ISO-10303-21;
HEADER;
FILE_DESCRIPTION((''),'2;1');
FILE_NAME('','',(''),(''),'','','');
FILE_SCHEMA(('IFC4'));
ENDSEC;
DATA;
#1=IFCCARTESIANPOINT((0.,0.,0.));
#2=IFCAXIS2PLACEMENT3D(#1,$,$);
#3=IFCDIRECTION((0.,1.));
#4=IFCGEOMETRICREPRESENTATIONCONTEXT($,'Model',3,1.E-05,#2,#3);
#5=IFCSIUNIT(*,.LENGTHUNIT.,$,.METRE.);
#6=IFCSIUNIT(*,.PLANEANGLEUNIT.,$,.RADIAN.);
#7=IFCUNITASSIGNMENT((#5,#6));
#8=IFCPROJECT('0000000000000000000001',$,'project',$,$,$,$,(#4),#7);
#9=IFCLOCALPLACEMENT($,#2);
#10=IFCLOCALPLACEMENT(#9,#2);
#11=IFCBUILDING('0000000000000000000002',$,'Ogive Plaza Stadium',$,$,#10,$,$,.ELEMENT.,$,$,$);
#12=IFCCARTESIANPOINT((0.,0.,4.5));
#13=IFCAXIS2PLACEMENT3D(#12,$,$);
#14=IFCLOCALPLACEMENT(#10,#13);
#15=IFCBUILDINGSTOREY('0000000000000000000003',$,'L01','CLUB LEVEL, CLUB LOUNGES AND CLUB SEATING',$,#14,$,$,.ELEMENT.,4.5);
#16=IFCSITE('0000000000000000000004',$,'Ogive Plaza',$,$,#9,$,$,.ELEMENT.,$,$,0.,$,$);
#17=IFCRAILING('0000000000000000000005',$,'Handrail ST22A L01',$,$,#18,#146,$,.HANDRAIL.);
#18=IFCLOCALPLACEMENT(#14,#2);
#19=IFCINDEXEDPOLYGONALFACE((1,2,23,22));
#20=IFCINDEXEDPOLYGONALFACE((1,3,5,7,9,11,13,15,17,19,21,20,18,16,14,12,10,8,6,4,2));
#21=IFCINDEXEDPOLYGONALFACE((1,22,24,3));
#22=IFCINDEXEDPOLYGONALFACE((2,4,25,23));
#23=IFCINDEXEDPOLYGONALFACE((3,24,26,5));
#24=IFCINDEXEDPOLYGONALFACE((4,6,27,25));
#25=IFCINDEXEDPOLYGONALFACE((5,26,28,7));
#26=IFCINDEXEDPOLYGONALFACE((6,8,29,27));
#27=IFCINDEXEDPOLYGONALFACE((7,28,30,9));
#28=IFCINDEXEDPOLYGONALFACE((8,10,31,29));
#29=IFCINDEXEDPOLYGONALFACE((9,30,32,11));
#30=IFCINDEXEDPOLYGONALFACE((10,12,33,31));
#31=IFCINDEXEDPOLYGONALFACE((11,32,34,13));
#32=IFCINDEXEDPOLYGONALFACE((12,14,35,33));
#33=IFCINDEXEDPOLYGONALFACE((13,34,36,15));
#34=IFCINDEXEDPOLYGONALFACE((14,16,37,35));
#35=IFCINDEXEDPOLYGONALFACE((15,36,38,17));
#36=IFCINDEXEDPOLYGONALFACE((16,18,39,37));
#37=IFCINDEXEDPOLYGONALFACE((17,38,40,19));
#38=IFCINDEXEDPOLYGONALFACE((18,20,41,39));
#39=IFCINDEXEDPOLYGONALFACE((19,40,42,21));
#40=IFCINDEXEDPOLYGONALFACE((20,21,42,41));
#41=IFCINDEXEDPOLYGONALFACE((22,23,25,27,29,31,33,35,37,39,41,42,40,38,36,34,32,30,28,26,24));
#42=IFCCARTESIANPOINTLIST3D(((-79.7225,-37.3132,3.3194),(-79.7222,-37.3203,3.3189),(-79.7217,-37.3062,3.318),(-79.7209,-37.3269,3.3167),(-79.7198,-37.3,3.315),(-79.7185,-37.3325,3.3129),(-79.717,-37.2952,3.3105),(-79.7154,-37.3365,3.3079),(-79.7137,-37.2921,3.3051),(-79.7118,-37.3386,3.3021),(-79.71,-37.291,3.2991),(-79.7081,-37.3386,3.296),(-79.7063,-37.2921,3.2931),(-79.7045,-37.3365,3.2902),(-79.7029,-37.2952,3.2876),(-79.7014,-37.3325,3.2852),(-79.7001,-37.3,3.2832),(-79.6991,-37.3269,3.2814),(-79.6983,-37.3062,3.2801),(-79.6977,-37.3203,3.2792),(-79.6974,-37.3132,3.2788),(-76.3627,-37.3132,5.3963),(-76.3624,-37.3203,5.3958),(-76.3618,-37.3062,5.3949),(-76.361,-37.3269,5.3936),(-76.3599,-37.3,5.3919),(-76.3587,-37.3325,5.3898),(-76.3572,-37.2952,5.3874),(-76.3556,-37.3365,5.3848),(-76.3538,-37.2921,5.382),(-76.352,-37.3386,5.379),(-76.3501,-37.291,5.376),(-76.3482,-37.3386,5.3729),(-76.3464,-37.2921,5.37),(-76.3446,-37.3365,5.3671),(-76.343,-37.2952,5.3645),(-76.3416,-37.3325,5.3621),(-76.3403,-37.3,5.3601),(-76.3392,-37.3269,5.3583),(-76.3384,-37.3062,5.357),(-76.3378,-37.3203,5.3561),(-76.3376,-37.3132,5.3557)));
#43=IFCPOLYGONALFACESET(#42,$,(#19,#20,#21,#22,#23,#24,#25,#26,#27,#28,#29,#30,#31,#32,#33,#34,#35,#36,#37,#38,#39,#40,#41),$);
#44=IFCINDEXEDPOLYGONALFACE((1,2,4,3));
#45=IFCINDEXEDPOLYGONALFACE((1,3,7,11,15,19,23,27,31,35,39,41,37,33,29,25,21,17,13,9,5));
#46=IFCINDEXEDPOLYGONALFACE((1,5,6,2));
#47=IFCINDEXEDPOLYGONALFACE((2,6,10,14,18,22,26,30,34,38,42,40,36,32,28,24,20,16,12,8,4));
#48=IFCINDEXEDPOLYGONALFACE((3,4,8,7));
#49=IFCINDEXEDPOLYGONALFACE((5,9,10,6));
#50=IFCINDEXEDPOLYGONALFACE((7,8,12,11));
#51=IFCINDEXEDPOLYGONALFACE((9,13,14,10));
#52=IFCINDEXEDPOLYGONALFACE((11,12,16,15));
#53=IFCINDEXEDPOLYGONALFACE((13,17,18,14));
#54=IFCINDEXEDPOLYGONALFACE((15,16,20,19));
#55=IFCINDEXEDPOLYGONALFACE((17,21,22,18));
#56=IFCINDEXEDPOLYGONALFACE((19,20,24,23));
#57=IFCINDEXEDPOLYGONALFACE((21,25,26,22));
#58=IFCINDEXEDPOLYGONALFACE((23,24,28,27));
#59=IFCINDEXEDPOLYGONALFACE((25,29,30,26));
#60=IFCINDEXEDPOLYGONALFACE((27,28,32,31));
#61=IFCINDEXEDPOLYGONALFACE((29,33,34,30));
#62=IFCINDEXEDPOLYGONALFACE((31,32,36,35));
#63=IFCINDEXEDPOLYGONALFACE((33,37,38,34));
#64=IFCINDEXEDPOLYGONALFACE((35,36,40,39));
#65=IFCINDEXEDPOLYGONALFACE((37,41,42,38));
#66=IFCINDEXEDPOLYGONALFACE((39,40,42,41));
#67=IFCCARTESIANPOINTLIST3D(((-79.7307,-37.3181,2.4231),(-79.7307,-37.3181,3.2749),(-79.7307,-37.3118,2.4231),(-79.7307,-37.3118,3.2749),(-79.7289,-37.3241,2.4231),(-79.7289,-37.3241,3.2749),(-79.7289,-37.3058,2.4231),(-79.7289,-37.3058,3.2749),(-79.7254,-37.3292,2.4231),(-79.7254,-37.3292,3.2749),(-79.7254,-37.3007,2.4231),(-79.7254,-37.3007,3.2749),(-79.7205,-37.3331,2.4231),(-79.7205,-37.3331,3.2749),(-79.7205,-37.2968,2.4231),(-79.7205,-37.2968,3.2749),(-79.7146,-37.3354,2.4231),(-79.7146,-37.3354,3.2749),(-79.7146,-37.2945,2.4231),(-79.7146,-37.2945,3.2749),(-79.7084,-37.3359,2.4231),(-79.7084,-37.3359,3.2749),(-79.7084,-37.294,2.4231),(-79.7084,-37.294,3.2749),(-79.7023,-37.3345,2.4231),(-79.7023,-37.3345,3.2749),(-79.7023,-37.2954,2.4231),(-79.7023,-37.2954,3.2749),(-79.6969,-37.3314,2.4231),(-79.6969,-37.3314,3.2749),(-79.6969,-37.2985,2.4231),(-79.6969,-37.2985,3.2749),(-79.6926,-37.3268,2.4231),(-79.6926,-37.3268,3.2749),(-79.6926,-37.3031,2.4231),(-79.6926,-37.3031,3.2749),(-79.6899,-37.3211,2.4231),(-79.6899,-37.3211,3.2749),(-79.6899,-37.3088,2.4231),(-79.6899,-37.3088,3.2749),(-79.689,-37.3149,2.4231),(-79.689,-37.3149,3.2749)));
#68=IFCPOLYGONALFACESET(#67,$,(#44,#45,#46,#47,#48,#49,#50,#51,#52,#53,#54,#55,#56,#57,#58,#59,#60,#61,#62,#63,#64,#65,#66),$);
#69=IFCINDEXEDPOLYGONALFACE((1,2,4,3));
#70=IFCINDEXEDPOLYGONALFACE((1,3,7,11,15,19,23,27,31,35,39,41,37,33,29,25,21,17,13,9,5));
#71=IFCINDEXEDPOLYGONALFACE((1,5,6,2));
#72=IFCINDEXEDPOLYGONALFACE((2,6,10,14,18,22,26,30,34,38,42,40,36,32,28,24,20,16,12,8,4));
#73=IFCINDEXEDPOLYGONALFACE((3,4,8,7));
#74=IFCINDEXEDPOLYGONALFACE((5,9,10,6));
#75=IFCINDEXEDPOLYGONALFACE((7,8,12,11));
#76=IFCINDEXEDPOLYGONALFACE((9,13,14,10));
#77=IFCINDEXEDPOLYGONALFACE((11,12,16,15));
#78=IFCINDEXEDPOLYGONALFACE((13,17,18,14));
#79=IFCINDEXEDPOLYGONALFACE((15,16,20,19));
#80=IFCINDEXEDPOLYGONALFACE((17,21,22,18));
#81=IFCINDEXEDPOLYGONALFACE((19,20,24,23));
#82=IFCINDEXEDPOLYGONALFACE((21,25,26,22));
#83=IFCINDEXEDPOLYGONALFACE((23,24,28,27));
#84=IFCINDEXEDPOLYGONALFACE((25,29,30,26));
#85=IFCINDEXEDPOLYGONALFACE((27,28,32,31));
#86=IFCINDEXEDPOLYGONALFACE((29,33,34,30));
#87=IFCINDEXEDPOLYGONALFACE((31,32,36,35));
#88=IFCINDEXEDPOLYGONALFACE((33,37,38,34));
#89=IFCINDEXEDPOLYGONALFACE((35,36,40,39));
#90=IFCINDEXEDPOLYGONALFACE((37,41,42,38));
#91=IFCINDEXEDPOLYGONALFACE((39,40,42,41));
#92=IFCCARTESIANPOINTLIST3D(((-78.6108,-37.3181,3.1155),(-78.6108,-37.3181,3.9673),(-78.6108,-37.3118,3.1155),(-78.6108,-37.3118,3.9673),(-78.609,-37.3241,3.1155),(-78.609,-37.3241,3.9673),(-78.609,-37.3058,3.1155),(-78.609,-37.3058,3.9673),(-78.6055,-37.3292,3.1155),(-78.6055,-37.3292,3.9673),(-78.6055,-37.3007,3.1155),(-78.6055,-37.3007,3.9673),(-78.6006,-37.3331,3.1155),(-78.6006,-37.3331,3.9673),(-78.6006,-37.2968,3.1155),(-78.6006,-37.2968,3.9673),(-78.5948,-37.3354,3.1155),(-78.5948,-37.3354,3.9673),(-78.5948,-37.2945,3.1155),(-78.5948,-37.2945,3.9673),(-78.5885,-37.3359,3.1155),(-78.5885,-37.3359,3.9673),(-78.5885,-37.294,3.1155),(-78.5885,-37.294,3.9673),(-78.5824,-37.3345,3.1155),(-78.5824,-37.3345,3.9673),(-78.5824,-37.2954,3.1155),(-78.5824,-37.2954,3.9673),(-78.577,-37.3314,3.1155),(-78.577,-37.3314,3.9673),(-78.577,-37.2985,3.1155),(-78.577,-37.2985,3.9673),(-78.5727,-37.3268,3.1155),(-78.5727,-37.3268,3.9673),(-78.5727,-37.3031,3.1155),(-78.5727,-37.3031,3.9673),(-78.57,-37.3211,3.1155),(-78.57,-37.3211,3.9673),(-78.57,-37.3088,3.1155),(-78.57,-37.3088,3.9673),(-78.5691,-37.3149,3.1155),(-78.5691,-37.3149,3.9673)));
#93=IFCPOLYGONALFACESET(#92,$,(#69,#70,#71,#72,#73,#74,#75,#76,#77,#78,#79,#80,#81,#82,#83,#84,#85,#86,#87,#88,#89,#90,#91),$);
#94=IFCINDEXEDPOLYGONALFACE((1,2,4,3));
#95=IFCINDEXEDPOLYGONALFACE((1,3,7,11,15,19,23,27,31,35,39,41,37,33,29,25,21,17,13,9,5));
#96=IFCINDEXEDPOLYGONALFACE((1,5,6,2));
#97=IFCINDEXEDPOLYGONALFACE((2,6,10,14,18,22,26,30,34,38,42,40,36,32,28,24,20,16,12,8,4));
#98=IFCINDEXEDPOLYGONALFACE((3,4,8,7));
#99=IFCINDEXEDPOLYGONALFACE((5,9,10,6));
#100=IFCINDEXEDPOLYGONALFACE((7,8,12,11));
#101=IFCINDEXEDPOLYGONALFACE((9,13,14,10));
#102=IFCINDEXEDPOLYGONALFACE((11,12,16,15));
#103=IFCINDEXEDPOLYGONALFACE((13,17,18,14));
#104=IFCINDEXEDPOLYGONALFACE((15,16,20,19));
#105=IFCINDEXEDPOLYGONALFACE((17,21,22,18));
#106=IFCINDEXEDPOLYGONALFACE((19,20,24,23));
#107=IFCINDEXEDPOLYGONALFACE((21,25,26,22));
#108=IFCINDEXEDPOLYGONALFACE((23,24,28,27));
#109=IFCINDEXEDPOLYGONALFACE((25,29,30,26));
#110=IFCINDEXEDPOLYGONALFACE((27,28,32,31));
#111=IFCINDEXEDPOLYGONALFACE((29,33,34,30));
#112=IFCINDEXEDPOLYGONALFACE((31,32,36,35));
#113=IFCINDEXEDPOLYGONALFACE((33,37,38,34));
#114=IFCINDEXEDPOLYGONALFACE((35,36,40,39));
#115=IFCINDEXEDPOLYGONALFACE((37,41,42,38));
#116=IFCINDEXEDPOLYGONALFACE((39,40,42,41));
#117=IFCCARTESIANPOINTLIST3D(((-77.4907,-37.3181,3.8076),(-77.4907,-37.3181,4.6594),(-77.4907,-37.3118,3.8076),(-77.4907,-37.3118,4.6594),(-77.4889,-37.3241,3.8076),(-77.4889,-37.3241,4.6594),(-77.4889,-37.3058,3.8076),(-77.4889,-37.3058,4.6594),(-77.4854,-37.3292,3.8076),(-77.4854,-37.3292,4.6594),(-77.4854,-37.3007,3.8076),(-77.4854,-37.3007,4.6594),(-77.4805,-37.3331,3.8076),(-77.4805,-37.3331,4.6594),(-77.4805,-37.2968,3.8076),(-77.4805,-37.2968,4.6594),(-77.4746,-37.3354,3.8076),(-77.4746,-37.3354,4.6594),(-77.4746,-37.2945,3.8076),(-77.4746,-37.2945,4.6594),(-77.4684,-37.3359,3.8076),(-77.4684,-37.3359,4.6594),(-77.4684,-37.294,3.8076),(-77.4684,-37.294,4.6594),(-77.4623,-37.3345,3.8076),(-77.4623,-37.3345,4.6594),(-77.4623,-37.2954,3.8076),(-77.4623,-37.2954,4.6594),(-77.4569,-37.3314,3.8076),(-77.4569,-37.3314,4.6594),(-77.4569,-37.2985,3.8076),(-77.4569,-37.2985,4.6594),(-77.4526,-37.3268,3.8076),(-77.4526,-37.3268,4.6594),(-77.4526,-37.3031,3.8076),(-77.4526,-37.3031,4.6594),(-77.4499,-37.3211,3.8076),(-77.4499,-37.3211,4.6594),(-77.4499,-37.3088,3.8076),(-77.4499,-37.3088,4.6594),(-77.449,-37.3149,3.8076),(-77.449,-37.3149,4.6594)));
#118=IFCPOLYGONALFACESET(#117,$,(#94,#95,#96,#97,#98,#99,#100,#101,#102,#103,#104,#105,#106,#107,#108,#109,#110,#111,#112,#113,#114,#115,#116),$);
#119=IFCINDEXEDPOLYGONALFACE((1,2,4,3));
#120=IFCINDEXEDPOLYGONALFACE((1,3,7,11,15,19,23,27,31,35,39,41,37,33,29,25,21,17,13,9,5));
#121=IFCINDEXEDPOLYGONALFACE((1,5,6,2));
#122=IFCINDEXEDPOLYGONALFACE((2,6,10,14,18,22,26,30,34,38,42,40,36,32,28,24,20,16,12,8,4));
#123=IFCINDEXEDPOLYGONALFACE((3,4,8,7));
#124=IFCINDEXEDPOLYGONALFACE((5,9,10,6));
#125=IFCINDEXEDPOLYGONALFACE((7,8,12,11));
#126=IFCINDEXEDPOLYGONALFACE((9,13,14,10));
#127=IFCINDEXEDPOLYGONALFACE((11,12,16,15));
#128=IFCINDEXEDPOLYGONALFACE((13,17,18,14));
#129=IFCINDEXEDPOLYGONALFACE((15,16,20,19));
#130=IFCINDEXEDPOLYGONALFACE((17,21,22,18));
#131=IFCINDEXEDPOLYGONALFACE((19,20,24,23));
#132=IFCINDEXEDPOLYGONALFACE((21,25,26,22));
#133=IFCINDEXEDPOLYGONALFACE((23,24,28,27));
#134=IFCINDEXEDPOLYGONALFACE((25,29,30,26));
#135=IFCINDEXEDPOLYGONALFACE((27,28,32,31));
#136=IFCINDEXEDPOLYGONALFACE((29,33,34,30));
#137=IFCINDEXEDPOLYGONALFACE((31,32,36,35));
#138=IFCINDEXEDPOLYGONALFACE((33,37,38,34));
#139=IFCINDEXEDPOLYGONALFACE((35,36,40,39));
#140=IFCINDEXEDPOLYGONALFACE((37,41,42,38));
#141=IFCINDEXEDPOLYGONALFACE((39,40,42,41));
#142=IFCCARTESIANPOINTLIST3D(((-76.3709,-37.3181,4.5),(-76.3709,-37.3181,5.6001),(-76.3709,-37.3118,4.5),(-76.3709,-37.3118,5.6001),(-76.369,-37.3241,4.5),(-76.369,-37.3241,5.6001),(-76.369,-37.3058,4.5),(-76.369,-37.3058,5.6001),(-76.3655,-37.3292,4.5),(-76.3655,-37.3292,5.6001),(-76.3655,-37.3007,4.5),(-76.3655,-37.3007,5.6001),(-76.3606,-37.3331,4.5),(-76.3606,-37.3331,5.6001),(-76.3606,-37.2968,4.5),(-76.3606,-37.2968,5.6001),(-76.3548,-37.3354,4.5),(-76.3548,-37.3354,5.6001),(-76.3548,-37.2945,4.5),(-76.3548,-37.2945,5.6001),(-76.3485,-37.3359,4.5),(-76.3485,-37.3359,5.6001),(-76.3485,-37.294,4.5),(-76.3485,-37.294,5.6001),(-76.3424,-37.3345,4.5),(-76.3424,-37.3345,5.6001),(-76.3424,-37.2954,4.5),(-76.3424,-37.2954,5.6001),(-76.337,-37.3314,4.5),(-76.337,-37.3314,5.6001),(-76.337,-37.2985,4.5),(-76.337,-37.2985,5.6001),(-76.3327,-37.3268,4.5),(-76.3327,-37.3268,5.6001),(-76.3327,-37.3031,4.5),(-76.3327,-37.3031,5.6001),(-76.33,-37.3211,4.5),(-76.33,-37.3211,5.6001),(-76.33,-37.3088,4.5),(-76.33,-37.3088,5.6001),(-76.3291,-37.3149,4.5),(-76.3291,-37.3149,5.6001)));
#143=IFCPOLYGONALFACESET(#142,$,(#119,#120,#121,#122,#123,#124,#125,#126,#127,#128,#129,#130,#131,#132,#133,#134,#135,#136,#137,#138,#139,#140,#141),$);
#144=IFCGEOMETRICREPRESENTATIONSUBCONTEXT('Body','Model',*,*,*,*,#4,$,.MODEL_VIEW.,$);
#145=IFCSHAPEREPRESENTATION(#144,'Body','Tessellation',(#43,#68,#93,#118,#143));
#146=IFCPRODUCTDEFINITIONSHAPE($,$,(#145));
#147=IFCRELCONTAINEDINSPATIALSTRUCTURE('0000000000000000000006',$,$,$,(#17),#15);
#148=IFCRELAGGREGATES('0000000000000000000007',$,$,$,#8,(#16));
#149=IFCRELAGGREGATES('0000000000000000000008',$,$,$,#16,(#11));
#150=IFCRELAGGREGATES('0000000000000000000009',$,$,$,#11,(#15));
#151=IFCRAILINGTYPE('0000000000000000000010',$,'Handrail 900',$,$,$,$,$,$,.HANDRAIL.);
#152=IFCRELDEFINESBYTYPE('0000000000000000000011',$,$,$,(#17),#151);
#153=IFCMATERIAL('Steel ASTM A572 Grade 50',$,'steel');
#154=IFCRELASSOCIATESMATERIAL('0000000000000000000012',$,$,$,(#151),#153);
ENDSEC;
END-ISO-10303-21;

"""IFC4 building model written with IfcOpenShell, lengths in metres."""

from ifc_helpers import new_model, si_unit, direction, frame, origin, origin_2d, place, context, subcontext, project, spatial, circle, extrude, material, type_object, element, save


model = new_model("IFC4")

# Units and contexts
model_context = context("Model", 3, precision=1e-05, world=origin(), true_north=direction((0.0, 1.0)))
body_context = subcontext(model_context, "Body", "Model", "MODEL_VIEW")
ifc_project = project(units=[si_unit("LENGTHUNIT", "METRE"), si_unit("PLANEANGLEUNIT", "RADIAN")], contexts=[model_context])

# Site, building, storey
site_placement = place(None, origin())
site = spatial("IfcSite", under=ifc_project, at=site_placement, Name="Ogive Plaza", CompositionType="ELEMENT", RefElevation=0.0)
building_placement = place(site_placement, origin())
building = spatial("IfcBuilding", under=site, at=building_placement, Name="Ogive Plaza Stadium", CompositionType="ELEMENT")
storey_placement = place(building_placement, frame((0.0, 0.0, 4.5)))
storey = spatial("IfcBuildingStorey", under=building, at=storey_placement, Name="L01", Description="CLUB LEVEL, CLUB LOUNGES AND CLUB SEATING", CompositionType="ELEMENT", Elevation=4.5)

# Railing
ifc_material_1 = material(Name="Steel ASTM A572 Grade 50", Category="steel")
railing_type_1 = type_object("IfcRailingType", Name="Handrail 900", PredefinedType="HANDRAIL", material=ifc_material_1)
for number, where, name in (
    (1, (-79.71, -37.3149, 2.4231), "Handrail ST22A L01"),
):
    element("IfcRailing", number, at=place(storey_placement, frame(where)), inside=storey, type_object=railing_type_1, Name=name, PredefinedType="HANDRAIL", context=body_context, shape_type="SweptSolid", body=[
        extrude(circle(Radius=0.0239, at=origin_2d()), frame((0.0, 0.0, 0.876), z_axis=(0.850606, 0.0, 0.525803), x_axis=(0.0, 1.0, 0.0)), (0.0, 0.0, 1.0), 3.95),
        extrude(circle(Radius=0.021, at=origin_2d()), origin(), (0.0, 0.0, 1.0), 0.8518),
        extrude(circle(Radius=0.021, at=origin_2d()), frame((1.1199, 0.0, 0.6924)), (0.0, 0.0, 1.0), 0.8518),
        extrude(circle(Radius=0.021, at=origin_2d()), frame((2.24, 0.0, 1.3845)), (0.0, 0.0, 1.0), 0.8518),
        extrude(circle(Radius=0.021, at=origin_2d()), frame((3.3599, 0.0, 2.0769)), (0.0, 0.0, 1.0), 1.1001),
    ])

save(model, "model.ifc")
